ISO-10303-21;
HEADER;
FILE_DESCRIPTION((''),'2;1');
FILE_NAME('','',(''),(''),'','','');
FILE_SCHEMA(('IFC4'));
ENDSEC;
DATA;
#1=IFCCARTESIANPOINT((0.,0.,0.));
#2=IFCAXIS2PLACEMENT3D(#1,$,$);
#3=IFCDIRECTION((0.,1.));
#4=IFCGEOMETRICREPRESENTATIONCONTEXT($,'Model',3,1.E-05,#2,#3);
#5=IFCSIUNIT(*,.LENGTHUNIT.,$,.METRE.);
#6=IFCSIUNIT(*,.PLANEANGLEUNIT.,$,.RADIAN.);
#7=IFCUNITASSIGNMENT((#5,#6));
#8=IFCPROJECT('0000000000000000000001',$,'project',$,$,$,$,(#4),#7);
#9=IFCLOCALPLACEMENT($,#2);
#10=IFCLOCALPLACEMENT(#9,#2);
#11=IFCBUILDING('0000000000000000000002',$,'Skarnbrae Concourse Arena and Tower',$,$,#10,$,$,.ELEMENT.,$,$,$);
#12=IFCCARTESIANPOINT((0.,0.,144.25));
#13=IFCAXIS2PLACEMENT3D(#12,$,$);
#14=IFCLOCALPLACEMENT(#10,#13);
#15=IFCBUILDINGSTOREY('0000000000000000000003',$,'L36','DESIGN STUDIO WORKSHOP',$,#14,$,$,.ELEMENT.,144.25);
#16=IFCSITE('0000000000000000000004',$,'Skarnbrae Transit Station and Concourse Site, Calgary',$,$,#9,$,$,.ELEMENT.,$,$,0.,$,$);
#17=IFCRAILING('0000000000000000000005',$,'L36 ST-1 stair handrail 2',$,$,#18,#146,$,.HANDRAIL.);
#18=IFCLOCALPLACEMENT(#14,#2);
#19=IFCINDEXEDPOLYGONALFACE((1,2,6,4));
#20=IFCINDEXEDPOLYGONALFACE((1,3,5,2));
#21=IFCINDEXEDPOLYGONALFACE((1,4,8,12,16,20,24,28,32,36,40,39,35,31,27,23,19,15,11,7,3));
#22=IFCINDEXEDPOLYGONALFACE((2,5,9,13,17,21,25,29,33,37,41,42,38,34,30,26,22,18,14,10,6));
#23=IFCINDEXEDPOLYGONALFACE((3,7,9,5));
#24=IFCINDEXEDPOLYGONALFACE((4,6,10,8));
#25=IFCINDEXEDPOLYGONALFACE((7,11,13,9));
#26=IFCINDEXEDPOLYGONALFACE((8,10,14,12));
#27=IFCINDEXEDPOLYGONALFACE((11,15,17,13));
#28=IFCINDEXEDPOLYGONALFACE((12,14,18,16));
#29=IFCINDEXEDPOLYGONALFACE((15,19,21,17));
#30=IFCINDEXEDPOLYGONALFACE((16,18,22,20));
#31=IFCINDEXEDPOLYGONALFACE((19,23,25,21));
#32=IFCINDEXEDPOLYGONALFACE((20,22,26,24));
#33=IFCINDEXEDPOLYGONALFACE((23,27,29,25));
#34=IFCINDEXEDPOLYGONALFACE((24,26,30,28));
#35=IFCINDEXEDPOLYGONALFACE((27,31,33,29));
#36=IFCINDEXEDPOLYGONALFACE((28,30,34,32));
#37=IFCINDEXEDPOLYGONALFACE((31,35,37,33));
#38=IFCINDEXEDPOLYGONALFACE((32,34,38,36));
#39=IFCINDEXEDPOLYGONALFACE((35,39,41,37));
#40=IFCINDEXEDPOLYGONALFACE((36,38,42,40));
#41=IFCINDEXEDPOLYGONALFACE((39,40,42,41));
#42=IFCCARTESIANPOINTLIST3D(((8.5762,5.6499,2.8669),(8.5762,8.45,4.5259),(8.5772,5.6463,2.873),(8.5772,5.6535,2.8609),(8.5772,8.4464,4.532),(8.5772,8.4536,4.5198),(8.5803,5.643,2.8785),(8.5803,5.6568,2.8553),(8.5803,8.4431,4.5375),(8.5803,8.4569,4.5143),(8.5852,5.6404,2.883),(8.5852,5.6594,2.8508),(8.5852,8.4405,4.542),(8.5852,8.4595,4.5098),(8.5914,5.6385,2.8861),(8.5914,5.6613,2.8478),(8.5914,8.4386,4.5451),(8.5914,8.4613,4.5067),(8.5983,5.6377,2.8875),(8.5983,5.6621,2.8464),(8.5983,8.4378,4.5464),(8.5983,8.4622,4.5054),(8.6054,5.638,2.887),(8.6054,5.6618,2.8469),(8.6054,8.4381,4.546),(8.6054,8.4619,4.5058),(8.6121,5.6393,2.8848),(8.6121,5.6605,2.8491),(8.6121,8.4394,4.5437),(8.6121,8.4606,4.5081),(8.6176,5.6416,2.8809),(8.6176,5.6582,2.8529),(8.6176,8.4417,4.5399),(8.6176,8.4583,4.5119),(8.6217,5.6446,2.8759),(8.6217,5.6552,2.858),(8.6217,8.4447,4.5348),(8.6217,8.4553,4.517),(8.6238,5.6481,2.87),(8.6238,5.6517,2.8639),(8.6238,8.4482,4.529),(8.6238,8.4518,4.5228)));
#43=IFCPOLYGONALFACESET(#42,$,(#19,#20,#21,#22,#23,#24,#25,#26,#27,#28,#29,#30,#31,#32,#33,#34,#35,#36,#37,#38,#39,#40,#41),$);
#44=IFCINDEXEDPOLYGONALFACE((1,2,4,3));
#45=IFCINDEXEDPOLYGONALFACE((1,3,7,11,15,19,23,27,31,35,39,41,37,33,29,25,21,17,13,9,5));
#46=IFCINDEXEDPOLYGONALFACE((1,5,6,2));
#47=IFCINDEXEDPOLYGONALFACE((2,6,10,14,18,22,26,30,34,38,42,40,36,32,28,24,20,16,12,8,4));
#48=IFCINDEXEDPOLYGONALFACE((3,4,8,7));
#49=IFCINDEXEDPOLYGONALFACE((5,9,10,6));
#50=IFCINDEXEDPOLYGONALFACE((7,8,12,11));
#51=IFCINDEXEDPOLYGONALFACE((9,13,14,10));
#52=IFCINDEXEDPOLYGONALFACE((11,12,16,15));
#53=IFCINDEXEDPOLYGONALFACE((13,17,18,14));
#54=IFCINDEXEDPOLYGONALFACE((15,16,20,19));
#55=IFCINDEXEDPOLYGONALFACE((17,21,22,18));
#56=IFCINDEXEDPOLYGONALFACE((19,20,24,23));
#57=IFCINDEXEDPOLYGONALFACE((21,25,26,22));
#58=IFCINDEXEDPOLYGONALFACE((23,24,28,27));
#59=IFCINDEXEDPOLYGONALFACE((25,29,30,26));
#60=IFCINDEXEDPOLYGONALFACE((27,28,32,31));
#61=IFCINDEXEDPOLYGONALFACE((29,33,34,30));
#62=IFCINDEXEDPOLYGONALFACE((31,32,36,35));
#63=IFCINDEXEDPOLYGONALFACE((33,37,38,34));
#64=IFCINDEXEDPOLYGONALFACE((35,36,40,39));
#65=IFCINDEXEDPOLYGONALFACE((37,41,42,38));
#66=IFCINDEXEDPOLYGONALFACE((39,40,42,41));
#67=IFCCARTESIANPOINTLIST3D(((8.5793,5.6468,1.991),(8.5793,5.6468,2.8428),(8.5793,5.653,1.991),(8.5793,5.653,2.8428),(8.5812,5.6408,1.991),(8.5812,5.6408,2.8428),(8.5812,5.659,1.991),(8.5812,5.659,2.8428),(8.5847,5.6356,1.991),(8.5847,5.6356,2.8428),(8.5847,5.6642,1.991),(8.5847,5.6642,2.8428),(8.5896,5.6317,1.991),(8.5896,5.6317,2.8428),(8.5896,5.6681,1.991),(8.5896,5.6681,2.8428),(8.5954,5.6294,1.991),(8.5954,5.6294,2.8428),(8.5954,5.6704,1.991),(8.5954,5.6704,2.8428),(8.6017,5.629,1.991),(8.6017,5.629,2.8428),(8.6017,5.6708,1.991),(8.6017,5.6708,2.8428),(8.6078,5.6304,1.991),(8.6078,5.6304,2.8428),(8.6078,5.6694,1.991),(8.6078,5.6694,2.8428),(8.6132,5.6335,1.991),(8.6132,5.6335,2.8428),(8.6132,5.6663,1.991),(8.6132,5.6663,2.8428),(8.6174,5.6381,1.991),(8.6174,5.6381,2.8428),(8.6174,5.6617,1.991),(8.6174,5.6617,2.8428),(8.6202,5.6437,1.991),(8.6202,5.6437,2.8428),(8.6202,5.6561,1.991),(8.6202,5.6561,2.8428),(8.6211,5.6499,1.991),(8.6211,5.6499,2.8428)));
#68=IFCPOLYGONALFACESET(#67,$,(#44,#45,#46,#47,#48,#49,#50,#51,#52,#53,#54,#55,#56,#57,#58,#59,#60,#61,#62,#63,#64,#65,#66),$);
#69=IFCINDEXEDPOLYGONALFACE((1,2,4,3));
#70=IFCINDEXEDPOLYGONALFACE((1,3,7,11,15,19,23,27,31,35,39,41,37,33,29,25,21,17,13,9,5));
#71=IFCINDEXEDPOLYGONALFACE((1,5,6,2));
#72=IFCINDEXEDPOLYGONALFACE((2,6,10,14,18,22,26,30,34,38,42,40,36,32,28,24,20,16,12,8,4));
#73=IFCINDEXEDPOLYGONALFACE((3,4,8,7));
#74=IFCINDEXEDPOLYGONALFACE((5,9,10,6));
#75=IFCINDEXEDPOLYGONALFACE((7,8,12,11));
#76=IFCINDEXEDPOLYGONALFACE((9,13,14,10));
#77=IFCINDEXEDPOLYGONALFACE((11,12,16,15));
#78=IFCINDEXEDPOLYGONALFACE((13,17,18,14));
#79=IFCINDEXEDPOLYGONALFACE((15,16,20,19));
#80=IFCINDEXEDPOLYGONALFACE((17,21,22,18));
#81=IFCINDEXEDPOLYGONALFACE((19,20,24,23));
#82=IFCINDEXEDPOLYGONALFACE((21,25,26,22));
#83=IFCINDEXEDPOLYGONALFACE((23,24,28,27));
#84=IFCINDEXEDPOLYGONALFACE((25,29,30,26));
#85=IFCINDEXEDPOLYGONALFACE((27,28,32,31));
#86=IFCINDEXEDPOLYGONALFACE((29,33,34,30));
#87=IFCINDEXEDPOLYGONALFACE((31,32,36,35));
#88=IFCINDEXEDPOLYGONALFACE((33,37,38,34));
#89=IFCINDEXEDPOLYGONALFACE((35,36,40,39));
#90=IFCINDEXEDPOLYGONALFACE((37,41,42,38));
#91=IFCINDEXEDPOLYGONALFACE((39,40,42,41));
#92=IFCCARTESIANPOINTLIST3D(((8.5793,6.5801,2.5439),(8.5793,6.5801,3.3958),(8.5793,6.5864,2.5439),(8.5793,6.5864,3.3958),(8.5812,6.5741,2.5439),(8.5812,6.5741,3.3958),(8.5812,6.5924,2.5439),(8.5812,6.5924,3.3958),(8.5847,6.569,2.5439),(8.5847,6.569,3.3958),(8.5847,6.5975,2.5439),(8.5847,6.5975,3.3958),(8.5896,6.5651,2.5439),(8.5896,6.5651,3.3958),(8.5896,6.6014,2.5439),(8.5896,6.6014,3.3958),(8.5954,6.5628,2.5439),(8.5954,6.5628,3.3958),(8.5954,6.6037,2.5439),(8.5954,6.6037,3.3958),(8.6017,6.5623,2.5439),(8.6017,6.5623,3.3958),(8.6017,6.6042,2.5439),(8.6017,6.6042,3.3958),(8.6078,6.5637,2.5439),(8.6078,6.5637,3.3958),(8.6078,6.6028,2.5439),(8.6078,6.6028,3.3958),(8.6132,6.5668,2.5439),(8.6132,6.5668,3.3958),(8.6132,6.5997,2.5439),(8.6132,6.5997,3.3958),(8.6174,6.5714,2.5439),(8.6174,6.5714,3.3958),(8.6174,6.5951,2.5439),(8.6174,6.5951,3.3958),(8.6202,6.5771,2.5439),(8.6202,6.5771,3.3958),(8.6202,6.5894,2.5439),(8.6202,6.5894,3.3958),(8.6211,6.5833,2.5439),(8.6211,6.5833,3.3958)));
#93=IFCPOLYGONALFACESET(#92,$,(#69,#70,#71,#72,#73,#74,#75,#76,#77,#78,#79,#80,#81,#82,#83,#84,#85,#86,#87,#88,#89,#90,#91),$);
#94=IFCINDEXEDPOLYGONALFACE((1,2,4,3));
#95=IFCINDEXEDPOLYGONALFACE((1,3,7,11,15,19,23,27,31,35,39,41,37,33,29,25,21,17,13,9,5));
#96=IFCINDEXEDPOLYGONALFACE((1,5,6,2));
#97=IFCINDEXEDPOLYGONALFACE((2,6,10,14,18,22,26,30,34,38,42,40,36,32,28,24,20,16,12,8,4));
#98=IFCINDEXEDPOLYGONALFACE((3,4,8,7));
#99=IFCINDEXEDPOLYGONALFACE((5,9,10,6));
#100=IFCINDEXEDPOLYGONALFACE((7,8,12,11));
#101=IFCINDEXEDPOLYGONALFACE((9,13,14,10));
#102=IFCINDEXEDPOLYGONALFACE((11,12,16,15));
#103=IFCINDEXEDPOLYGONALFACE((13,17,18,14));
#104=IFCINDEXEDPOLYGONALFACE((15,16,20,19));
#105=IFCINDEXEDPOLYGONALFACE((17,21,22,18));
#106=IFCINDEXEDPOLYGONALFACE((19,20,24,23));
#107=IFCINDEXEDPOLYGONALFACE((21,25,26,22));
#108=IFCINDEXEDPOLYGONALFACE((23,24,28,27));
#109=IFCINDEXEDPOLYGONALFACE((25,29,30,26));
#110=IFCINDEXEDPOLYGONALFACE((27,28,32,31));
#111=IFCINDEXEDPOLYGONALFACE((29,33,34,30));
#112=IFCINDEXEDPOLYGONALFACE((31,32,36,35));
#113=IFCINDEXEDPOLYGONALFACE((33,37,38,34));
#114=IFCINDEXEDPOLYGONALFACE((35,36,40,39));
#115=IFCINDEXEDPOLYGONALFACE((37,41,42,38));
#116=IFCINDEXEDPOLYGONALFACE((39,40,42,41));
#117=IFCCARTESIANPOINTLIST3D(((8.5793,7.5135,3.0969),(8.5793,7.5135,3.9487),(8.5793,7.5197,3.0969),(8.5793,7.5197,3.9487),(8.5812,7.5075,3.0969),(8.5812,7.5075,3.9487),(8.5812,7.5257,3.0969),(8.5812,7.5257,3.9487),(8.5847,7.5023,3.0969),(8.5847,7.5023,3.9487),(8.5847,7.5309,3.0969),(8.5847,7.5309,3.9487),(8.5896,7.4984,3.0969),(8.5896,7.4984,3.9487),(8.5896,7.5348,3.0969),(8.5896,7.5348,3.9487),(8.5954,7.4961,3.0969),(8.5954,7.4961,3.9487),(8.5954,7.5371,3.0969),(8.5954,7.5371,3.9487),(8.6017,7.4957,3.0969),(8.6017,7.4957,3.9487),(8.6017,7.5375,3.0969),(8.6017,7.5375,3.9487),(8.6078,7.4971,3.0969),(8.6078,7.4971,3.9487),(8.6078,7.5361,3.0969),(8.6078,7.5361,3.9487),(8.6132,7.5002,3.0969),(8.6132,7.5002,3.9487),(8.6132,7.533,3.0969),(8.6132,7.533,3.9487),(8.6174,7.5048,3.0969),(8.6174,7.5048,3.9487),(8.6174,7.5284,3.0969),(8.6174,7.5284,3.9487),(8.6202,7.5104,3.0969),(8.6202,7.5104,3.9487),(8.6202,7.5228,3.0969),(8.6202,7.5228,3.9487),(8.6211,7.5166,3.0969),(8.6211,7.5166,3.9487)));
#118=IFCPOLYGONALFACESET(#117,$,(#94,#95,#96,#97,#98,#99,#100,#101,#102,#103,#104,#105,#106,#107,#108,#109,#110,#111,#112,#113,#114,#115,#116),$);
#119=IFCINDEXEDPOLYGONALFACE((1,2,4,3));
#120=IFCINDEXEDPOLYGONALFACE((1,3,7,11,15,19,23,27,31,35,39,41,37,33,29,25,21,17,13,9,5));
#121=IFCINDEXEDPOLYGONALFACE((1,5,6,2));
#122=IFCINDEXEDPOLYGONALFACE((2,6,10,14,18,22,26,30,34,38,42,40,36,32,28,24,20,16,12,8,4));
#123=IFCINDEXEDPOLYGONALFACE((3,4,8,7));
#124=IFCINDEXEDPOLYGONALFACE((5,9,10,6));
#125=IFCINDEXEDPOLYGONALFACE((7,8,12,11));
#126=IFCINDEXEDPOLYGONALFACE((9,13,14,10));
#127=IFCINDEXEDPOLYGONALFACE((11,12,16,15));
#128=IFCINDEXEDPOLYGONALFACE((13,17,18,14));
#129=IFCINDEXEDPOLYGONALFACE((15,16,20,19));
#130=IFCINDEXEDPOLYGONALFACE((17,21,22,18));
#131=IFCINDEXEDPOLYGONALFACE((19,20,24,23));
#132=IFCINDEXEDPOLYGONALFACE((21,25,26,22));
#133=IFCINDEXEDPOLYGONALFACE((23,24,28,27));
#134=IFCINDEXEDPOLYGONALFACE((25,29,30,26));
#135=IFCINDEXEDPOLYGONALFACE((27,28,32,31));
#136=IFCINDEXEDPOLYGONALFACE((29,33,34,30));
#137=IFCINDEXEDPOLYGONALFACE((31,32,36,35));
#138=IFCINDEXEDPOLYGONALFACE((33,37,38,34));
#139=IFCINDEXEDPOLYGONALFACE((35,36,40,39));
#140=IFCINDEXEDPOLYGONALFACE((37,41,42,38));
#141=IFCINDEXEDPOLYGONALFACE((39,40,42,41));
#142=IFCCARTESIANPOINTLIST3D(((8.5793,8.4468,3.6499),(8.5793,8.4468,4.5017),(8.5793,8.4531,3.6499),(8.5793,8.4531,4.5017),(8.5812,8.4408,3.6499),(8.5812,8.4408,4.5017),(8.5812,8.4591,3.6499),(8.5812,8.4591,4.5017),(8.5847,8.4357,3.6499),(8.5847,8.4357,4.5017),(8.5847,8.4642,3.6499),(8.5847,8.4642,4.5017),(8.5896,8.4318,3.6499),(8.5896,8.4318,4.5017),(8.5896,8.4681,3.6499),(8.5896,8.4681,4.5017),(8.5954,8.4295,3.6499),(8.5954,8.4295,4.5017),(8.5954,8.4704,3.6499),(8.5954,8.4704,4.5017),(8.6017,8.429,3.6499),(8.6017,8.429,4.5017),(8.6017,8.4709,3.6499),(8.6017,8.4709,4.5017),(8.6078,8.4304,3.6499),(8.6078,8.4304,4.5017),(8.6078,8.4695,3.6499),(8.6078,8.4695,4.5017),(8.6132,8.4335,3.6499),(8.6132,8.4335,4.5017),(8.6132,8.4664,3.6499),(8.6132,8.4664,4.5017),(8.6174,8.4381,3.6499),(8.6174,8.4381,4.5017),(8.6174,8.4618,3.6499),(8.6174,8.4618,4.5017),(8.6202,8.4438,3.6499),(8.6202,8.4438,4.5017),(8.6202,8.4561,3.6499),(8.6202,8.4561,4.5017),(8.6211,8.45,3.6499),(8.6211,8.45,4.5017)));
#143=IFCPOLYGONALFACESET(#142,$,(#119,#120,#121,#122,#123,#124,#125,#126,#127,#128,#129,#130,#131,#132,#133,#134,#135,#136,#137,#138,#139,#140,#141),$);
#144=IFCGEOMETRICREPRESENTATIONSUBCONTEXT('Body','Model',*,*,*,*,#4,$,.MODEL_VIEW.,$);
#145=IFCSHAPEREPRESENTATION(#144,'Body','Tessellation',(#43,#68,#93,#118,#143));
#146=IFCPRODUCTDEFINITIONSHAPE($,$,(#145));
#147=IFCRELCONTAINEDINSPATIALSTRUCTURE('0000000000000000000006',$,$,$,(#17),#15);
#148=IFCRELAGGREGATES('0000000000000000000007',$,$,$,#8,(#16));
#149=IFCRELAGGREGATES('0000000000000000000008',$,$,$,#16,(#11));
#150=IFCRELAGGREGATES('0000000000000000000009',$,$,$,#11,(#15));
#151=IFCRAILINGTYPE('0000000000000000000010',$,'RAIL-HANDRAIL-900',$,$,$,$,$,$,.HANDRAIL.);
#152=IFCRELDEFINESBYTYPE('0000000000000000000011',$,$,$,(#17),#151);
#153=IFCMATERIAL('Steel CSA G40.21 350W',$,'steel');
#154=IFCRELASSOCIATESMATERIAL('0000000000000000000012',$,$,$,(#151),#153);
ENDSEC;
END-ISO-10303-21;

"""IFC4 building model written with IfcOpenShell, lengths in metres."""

from ifc_helpers import new_model, si_unit, direction, frame, origin, origin_2d, place, context, subcontext, project, spatial, circle, extrude, material, type_object, element, save


model = new_model("IFC4")

# Units and contexts
model_context = context("Model", 3, precision=1e-05, world=origin(), true_north=direction((0.0, 1.0)))
body_context = subcontext(model_context, "Body", "Model", "MODEL_VIEW")
ifc_project = project(units=[si_unit("LENGTHUNIT", "METRE"), si_unit("PLANEANGLEUNIT", "RADIAN")], contexts=[model_context])

# Site, building, storey
site_placement = place(None, origin())
site = spatial("IfcSite", under=ifc_project, at=site_placement, Name="Skarnbrae Transit Station and Concourse Site, Calgary", CompositionType="ELEMENT", RefElevation=0.0)
building_placement = place(site_placement, origin())
building = spatial("IfcBuilding", under=site, at=building_placement, Name="Skarnbrae Concourse Arena and Tower", CompositionType="ELEMENT")
storey_placement = place(building_placement, frame((0.0, 0.0, 144.25)))
storey = spatial("IfcBuildingStorey", under=building, at=storey_placement, Name="L36", Description="DESIGN STUDIO WORKSHOP", CompositionType="ELEMENT", Elevation=144.25)

# Shared definitions
ifc_material_1 = material(Name="Steel CSA G40.21 350W", Category="steel")

# Railing
railing_type = type_object("IfcRailingType", Name="RAIL-HANDRAIL-900", PredefinedType="HANDRAIL", material=ifc_material_1)
railing_placement = place(storey_placement, frame((8.6001, 5.6499, 1.991)))
element("IfcRailing", 1, at=railing_placement, inside=storey, type_object=railing_type, Name="L36 ST-1 stair handrail 2", PredefinedType="HANDRAIL", context=body_context, shape_type="SweptSolid", body=[
    extrude(circle(Radius=0.0239, at=origin_2d()), frame((0.0, 0.0, 0.876), z_axis=(0.0, 0.860339, 0.509722), x_axis=(-1.0, 0.0, 0.0)), (0.0, 0.0, 1.0), 3.2546),
    extrude(circle(Radius=0.021, at=origin_2d()), origin(), (0.0, 0.0, 1.0), 0.8518),
    extrude(circle(Radius=0.021, at=origin_2d()), frame((0.0, 0.9333, 0.553)), (0.0, 0.0, 1.0), 0.8518),
    extrude(circle(Radius=0.021, at=origin_2d()), frame((0.0, 1.8667, 1.106)), (0.0, 0.0, 1.0), 0.8518),
    extrude(circle(Radius=0.021, at=origin_2d()), frame((0.0, 2.8, 1.6589)), (0.0, 0.0, 1.0), 0.8518),
])

save(model, "model.ifc")
